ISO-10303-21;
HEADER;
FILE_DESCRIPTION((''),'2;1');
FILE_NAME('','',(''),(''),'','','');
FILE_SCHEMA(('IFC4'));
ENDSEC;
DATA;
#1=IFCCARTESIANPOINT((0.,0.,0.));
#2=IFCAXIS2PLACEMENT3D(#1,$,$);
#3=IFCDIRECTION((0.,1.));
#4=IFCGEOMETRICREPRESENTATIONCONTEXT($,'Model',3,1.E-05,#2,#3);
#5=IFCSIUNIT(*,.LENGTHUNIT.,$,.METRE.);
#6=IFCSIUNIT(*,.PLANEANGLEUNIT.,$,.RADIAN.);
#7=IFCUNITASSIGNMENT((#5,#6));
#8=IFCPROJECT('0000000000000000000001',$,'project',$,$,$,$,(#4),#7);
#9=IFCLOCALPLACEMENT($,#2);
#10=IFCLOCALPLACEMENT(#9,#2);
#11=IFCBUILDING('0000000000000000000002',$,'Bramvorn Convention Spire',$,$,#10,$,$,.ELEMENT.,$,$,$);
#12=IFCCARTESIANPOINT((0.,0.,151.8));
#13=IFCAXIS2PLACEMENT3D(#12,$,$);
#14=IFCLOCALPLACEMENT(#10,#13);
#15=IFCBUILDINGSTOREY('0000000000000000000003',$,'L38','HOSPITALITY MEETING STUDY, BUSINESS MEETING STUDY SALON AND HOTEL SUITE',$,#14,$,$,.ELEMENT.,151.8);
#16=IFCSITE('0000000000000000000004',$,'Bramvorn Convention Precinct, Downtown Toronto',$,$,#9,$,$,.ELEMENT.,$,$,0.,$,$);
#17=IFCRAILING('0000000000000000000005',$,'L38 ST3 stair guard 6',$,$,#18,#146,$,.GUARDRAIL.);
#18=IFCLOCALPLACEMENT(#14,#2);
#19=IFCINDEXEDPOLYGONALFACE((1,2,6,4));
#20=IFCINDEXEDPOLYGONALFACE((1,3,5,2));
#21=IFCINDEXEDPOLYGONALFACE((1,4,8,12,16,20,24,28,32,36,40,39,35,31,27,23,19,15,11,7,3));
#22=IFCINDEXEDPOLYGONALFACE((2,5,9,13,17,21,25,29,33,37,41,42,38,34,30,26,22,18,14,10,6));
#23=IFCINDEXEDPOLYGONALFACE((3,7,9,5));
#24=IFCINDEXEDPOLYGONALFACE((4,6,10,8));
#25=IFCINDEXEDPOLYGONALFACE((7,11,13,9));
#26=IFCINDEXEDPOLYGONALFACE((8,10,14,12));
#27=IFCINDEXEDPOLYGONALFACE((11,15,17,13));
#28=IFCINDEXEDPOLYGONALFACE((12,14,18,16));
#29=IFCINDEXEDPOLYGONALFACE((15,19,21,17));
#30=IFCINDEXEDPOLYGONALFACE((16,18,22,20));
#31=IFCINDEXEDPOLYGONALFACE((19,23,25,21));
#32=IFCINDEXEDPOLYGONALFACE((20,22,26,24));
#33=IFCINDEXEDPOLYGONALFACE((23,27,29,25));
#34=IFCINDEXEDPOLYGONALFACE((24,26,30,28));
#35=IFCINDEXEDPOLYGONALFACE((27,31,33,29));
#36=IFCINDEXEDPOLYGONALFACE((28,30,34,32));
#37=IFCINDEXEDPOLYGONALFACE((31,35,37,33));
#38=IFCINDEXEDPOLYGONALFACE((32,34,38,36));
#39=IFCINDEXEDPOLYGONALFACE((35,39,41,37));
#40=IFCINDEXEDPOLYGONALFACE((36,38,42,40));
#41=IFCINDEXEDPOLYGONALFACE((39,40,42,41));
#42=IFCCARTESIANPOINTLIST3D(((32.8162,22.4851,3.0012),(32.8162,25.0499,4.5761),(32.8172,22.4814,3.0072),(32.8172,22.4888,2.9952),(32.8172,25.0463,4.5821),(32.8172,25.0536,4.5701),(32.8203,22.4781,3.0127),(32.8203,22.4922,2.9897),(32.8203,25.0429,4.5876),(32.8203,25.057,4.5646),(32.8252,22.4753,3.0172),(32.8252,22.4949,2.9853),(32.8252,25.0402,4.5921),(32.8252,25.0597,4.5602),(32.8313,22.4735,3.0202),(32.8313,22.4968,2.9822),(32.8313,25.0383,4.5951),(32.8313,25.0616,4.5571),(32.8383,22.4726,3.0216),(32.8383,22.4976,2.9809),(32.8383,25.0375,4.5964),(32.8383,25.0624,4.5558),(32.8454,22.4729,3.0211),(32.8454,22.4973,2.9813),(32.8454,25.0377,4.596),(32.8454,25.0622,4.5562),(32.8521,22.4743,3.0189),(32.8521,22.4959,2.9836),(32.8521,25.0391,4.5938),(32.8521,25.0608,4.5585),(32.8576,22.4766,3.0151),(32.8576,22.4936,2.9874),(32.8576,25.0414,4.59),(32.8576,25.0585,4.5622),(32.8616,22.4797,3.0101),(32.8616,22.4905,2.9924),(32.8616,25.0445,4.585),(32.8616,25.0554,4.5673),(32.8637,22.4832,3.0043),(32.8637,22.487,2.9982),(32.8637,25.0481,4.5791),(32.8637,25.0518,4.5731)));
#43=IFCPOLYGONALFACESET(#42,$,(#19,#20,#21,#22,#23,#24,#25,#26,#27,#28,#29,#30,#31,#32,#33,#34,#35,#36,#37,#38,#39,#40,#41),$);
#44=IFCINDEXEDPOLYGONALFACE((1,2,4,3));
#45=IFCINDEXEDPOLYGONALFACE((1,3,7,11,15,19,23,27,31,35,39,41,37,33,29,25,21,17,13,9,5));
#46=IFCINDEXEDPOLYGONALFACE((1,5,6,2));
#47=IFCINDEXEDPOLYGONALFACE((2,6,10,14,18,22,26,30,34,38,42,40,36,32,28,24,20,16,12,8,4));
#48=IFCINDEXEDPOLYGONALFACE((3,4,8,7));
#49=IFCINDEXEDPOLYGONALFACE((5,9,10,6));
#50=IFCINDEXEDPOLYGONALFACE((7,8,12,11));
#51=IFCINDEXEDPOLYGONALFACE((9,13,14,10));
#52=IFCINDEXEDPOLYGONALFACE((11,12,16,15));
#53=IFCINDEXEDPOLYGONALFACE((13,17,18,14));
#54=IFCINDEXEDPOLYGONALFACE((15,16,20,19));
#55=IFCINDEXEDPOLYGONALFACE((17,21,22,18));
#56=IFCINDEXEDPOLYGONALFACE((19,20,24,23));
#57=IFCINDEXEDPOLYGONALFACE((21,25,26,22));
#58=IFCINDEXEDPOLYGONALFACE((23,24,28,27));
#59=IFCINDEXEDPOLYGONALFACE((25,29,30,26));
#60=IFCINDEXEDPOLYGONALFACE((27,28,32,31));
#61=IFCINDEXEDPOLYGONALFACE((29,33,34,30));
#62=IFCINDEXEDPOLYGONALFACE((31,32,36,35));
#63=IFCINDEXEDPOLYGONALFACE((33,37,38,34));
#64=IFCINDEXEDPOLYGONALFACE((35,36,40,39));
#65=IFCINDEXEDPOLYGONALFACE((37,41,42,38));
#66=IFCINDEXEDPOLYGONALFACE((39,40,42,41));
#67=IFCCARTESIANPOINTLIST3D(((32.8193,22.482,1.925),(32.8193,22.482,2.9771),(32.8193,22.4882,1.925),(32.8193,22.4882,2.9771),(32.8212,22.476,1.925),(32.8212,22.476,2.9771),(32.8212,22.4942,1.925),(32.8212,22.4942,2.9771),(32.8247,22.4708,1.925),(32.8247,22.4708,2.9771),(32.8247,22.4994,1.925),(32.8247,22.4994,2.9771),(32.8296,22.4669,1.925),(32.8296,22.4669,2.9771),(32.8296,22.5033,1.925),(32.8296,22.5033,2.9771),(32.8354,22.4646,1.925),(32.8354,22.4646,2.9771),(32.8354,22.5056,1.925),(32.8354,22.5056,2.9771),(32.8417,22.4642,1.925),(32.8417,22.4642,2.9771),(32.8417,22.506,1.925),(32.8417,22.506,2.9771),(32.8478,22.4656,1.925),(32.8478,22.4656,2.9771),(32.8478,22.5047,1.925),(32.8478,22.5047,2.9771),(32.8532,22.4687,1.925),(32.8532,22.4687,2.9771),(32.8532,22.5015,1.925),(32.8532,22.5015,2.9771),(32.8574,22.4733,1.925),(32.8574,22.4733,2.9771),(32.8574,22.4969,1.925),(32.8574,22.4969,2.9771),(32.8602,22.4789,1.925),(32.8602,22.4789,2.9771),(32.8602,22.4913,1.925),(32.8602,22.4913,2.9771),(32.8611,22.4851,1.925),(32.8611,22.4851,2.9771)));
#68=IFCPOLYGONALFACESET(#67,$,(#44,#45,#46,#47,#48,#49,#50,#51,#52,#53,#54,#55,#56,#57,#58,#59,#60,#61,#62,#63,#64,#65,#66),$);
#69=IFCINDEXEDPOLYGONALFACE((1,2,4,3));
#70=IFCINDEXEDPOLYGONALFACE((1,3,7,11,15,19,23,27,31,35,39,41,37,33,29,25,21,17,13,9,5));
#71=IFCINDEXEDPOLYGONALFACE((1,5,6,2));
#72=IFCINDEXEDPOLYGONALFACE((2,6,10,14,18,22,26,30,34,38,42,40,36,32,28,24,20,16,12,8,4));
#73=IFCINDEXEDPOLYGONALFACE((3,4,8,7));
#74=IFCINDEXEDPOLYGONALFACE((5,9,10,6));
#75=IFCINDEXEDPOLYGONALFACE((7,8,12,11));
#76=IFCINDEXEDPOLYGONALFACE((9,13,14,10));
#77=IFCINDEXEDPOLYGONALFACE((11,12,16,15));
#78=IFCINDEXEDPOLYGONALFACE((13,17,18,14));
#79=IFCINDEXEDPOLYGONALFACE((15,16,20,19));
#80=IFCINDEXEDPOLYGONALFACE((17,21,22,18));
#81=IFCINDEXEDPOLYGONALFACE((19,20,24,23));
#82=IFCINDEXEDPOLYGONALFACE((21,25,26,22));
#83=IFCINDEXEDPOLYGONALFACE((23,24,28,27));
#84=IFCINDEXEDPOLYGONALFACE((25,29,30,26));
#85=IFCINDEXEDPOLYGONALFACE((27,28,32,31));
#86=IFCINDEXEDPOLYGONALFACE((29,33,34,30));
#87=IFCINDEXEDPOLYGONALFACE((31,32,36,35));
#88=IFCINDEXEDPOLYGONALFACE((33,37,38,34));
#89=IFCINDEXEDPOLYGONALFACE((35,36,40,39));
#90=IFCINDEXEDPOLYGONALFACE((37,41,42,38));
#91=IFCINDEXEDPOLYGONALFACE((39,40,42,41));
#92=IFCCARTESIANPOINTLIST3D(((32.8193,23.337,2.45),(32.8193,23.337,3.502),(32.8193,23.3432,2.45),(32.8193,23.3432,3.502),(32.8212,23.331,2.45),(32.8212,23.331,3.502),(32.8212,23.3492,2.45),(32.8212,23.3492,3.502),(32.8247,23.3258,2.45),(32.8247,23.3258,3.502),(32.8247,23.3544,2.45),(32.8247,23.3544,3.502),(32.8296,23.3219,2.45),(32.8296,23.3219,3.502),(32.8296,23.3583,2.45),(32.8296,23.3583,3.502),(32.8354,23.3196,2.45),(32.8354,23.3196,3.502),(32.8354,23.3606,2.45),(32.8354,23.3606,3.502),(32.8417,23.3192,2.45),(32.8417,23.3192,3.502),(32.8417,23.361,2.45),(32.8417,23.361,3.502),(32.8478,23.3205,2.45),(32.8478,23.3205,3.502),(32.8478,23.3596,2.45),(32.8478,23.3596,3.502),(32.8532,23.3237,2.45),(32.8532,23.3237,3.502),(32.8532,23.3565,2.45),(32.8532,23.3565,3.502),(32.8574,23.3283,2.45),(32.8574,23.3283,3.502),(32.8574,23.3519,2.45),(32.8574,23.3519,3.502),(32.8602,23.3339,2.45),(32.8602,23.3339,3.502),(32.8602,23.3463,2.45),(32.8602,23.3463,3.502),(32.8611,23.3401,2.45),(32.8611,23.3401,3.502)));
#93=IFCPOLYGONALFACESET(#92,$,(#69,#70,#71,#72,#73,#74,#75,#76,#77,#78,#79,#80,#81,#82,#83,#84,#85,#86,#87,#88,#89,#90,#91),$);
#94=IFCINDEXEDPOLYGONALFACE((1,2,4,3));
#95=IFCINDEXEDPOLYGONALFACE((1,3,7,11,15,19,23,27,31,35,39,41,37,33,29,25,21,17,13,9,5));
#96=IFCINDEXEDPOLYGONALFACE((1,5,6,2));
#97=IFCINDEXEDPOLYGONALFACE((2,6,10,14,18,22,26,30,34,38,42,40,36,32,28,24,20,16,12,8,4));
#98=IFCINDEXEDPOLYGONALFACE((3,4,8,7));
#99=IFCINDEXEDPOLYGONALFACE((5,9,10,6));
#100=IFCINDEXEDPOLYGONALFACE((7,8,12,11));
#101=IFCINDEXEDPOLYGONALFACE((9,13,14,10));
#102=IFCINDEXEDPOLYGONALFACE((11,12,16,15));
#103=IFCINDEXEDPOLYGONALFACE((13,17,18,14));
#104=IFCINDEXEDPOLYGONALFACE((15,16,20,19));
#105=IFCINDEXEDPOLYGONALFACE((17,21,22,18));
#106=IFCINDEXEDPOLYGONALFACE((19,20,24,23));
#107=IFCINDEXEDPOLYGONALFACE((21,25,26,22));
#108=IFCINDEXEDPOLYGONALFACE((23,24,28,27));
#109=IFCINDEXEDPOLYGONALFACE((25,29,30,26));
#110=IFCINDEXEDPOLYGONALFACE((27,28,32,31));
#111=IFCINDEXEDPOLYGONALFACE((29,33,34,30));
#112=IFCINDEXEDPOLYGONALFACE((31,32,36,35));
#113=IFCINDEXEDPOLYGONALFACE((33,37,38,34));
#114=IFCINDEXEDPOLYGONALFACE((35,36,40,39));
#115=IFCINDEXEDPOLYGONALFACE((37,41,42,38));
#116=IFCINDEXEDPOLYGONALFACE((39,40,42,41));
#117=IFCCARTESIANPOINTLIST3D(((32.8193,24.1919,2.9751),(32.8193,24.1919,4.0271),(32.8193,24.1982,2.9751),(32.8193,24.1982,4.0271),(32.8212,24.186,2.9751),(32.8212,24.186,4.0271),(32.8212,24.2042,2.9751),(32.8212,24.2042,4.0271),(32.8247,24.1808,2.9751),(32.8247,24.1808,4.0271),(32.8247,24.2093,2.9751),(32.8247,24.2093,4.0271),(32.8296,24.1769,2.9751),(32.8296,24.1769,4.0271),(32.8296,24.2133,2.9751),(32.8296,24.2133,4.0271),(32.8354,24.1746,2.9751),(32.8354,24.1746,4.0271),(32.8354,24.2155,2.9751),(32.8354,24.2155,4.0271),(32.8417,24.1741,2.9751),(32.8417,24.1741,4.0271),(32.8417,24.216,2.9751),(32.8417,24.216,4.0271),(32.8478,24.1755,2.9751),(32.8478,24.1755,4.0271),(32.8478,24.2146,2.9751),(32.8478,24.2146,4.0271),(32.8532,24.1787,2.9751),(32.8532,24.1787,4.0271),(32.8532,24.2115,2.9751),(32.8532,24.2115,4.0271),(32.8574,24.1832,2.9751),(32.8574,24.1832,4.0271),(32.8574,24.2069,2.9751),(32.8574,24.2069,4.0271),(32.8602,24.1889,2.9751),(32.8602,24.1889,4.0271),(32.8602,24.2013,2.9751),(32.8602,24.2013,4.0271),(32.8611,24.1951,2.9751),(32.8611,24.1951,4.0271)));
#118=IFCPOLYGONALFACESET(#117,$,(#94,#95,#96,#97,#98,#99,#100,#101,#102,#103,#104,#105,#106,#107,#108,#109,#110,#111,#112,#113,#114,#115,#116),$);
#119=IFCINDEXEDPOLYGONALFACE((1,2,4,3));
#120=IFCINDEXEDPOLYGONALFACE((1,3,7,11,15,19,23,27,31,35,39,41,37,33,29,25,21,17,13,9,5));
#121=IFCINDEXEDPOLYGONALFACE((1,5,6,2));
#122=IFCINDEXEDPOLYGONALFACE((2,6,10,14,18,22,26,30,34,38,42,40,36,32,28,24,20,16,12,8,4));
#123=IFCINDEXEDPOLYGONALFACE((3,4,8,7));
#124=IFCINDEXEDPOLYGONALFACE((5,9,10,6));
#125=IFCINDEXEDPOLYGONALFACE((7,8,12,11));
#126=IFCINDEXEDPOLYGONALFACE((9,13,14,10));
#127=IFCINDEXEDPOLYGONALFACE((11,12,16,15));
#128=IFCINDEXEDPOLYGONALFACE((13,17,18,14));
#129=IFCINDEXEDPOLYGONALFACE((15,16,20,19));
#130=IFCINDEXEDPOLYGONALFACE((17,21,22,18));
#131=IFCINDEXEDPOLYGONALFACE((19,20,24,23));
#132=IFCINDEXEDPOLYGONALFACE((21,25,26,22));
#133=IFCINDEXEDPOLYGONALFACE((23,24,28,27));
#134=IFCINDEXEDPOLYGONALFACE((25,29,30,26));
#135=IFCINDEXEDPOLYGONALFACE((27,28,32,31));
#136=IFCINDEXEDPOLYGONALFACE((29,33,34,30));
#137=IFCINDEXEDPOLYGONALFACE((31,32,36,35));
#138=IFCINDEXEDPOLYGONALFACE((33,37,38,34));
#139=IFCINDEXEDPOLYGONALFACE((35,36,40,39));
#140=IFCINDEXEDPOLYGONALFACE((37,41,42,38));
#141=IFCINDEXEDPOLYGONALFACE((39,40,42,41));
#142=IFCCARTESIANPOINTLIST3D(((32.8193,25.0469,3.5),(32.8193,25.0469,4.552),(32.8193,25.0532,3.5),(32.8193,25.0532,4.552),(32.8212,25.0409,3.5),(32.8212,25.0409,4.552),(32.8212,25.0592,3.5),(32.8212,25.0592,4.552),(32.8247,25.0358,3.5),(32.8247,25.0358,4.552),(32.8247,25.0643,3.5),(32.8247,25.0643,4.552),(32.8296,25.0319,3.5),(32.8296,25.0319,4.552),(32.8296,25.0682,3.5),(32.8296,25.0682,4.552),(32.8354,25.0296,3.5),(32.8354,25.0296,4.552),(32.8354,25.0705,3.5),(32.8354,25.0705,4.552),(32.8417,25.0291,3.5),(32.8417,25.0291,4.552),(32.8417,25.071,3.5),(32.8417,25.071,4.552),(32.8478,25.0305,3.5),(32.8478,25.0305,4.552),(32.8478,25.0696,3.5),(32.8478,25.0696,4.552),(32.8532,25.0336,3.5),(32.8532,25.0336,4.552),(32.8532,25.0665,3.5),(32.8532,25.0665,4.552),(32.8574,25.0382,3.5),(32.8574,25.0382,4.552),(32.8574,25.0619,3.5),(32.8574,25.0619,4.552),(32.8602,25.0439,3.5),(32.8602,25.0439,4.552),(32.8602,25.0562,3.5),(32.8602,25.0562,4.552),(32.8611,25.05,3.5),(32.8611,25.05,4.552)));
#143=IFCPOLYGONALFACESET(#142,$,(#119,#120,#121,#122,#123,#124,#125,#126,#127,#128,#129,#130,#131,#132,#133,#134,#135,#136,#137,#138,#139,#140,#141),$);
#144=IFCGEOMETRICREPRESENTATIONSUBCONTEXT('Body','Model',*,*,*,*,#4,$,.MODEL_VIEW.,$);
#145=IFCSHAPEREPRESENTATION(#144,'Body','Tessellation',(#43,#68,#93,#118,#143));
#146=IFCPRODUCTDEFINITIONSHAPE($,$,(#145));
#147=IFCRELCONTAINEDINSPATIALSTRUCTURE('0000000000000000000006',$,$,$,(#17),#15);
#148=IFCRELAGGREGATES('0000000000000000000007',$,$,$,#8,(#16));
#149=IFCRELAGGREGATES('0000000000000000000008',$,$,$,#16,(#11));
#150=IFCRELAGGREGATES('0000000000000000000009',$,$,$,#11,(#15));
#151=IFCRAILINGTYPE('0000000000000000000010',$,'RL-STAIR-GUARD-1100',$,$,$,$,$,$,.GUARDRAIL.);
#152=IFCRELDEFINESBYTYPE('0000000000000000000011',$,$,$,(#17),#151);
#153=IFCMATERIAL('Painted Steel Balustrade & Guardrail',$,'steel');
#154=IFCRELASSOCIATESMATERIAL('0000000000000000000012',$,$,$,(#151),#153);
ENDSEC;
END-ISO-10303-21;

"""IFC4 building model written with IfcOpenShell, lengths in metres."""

from ifc_helpers import new_model, si_unit, direction, frame, origin, origin_2d, place, context, subcontext, project, spatial, circle, extrude, material, type_object, element, save


model = new_model("IFC4")

# Units and contexts
model_context = context("Model", 3, precision=1e-05, world=origin(), true_north=direction((0.0, 1.0)))
body_context = subcontext(model_context, "Body", "Model", "MODEL_VIEW")
ifc_project = project(units=[si_unit("LENGTHUNIT", "METRE"), si_unit("PLANEANGLEUNIT", "RADIAN")], contexts=[model_context])

# Site, building, storey
site_placement = place(None, origin())
site = spatial("IfcSite", under=ifc_project, at=site_placement, Name="Bramvorn Convention Precinct, Downtown Toronto", CompositionType="ELEMENT", RefElevation=0.0)
building_placement = place(site_placement, origin())
building = spatial("IfcBuilding", under=site, at=building_placement, Name="Bramvorn Convention Spire", CompositionType="ELEMENT")
storey_placement = place(building_placement, frame((0.0, 0.0, 151.8)))
storey = spatial("IfcBuildingStorey", under=building, at=storey_placement, Name="L38", Description="HOSPITALITY MEETING STUDY, BUSINESS MEETING STUDY SALON AND HOTEL SUITE", CompositionType="ELEMENT", Elevation=151.8)

# Railing
ifc_material_1 = material(Name="Painted Steel Balustrade & Guardrail", Category="steel")
railing_type_1 = type_object("IfcRailingType", Name="RL-STAIR-GUARD-1100", PredefinedType="GUARDRAIL", material=ifc_material_1)
railing_1_placement = place(storey_placement, frame((32.8401, 22.4851, 1.925)))
element("IfcRailing", 1, at=railing_1_placement, inside=storey, type_object=railing_type_1, Name="L38 ST3 stair guard 6", PredefinedType="GUARDRAIL", context=body_context, shape_type="SweptSolid", body=[
    extrude(circle(Radius=0.0239, at=origin_2d()), frame((0.0, 0.0, 1.0762), z_axis=(0.0, 0.852173, 0.52326), x_axis=(-1.0, 0.0, 0.0)), (0.0, 0.0, 1.0), 3.0098),
    extrude(circle(Radius=0.021, at=origin_2d()), origin(), (0.0, 0.0, 1.0), 1.052),
    extrude(circle(Radius=0.021, at=origin_2d()), frame((0.0, 0.855, 0.5249)), (0.0, 0.0, 1.0), 1.052),
    extrude(circle(Radius=0.021, at=origin_2d()), frame((0.0, 1.71, 1.05)), (0.0, 0.0, 1.0), 1.052),
    extrude(circle(Radius=0.021, at=origin_2d()), frame((0.0, 2.5649, 1.575)), (0.0, 0.0, 1.0), 1.052),
])

save(model, "model.ifc")
